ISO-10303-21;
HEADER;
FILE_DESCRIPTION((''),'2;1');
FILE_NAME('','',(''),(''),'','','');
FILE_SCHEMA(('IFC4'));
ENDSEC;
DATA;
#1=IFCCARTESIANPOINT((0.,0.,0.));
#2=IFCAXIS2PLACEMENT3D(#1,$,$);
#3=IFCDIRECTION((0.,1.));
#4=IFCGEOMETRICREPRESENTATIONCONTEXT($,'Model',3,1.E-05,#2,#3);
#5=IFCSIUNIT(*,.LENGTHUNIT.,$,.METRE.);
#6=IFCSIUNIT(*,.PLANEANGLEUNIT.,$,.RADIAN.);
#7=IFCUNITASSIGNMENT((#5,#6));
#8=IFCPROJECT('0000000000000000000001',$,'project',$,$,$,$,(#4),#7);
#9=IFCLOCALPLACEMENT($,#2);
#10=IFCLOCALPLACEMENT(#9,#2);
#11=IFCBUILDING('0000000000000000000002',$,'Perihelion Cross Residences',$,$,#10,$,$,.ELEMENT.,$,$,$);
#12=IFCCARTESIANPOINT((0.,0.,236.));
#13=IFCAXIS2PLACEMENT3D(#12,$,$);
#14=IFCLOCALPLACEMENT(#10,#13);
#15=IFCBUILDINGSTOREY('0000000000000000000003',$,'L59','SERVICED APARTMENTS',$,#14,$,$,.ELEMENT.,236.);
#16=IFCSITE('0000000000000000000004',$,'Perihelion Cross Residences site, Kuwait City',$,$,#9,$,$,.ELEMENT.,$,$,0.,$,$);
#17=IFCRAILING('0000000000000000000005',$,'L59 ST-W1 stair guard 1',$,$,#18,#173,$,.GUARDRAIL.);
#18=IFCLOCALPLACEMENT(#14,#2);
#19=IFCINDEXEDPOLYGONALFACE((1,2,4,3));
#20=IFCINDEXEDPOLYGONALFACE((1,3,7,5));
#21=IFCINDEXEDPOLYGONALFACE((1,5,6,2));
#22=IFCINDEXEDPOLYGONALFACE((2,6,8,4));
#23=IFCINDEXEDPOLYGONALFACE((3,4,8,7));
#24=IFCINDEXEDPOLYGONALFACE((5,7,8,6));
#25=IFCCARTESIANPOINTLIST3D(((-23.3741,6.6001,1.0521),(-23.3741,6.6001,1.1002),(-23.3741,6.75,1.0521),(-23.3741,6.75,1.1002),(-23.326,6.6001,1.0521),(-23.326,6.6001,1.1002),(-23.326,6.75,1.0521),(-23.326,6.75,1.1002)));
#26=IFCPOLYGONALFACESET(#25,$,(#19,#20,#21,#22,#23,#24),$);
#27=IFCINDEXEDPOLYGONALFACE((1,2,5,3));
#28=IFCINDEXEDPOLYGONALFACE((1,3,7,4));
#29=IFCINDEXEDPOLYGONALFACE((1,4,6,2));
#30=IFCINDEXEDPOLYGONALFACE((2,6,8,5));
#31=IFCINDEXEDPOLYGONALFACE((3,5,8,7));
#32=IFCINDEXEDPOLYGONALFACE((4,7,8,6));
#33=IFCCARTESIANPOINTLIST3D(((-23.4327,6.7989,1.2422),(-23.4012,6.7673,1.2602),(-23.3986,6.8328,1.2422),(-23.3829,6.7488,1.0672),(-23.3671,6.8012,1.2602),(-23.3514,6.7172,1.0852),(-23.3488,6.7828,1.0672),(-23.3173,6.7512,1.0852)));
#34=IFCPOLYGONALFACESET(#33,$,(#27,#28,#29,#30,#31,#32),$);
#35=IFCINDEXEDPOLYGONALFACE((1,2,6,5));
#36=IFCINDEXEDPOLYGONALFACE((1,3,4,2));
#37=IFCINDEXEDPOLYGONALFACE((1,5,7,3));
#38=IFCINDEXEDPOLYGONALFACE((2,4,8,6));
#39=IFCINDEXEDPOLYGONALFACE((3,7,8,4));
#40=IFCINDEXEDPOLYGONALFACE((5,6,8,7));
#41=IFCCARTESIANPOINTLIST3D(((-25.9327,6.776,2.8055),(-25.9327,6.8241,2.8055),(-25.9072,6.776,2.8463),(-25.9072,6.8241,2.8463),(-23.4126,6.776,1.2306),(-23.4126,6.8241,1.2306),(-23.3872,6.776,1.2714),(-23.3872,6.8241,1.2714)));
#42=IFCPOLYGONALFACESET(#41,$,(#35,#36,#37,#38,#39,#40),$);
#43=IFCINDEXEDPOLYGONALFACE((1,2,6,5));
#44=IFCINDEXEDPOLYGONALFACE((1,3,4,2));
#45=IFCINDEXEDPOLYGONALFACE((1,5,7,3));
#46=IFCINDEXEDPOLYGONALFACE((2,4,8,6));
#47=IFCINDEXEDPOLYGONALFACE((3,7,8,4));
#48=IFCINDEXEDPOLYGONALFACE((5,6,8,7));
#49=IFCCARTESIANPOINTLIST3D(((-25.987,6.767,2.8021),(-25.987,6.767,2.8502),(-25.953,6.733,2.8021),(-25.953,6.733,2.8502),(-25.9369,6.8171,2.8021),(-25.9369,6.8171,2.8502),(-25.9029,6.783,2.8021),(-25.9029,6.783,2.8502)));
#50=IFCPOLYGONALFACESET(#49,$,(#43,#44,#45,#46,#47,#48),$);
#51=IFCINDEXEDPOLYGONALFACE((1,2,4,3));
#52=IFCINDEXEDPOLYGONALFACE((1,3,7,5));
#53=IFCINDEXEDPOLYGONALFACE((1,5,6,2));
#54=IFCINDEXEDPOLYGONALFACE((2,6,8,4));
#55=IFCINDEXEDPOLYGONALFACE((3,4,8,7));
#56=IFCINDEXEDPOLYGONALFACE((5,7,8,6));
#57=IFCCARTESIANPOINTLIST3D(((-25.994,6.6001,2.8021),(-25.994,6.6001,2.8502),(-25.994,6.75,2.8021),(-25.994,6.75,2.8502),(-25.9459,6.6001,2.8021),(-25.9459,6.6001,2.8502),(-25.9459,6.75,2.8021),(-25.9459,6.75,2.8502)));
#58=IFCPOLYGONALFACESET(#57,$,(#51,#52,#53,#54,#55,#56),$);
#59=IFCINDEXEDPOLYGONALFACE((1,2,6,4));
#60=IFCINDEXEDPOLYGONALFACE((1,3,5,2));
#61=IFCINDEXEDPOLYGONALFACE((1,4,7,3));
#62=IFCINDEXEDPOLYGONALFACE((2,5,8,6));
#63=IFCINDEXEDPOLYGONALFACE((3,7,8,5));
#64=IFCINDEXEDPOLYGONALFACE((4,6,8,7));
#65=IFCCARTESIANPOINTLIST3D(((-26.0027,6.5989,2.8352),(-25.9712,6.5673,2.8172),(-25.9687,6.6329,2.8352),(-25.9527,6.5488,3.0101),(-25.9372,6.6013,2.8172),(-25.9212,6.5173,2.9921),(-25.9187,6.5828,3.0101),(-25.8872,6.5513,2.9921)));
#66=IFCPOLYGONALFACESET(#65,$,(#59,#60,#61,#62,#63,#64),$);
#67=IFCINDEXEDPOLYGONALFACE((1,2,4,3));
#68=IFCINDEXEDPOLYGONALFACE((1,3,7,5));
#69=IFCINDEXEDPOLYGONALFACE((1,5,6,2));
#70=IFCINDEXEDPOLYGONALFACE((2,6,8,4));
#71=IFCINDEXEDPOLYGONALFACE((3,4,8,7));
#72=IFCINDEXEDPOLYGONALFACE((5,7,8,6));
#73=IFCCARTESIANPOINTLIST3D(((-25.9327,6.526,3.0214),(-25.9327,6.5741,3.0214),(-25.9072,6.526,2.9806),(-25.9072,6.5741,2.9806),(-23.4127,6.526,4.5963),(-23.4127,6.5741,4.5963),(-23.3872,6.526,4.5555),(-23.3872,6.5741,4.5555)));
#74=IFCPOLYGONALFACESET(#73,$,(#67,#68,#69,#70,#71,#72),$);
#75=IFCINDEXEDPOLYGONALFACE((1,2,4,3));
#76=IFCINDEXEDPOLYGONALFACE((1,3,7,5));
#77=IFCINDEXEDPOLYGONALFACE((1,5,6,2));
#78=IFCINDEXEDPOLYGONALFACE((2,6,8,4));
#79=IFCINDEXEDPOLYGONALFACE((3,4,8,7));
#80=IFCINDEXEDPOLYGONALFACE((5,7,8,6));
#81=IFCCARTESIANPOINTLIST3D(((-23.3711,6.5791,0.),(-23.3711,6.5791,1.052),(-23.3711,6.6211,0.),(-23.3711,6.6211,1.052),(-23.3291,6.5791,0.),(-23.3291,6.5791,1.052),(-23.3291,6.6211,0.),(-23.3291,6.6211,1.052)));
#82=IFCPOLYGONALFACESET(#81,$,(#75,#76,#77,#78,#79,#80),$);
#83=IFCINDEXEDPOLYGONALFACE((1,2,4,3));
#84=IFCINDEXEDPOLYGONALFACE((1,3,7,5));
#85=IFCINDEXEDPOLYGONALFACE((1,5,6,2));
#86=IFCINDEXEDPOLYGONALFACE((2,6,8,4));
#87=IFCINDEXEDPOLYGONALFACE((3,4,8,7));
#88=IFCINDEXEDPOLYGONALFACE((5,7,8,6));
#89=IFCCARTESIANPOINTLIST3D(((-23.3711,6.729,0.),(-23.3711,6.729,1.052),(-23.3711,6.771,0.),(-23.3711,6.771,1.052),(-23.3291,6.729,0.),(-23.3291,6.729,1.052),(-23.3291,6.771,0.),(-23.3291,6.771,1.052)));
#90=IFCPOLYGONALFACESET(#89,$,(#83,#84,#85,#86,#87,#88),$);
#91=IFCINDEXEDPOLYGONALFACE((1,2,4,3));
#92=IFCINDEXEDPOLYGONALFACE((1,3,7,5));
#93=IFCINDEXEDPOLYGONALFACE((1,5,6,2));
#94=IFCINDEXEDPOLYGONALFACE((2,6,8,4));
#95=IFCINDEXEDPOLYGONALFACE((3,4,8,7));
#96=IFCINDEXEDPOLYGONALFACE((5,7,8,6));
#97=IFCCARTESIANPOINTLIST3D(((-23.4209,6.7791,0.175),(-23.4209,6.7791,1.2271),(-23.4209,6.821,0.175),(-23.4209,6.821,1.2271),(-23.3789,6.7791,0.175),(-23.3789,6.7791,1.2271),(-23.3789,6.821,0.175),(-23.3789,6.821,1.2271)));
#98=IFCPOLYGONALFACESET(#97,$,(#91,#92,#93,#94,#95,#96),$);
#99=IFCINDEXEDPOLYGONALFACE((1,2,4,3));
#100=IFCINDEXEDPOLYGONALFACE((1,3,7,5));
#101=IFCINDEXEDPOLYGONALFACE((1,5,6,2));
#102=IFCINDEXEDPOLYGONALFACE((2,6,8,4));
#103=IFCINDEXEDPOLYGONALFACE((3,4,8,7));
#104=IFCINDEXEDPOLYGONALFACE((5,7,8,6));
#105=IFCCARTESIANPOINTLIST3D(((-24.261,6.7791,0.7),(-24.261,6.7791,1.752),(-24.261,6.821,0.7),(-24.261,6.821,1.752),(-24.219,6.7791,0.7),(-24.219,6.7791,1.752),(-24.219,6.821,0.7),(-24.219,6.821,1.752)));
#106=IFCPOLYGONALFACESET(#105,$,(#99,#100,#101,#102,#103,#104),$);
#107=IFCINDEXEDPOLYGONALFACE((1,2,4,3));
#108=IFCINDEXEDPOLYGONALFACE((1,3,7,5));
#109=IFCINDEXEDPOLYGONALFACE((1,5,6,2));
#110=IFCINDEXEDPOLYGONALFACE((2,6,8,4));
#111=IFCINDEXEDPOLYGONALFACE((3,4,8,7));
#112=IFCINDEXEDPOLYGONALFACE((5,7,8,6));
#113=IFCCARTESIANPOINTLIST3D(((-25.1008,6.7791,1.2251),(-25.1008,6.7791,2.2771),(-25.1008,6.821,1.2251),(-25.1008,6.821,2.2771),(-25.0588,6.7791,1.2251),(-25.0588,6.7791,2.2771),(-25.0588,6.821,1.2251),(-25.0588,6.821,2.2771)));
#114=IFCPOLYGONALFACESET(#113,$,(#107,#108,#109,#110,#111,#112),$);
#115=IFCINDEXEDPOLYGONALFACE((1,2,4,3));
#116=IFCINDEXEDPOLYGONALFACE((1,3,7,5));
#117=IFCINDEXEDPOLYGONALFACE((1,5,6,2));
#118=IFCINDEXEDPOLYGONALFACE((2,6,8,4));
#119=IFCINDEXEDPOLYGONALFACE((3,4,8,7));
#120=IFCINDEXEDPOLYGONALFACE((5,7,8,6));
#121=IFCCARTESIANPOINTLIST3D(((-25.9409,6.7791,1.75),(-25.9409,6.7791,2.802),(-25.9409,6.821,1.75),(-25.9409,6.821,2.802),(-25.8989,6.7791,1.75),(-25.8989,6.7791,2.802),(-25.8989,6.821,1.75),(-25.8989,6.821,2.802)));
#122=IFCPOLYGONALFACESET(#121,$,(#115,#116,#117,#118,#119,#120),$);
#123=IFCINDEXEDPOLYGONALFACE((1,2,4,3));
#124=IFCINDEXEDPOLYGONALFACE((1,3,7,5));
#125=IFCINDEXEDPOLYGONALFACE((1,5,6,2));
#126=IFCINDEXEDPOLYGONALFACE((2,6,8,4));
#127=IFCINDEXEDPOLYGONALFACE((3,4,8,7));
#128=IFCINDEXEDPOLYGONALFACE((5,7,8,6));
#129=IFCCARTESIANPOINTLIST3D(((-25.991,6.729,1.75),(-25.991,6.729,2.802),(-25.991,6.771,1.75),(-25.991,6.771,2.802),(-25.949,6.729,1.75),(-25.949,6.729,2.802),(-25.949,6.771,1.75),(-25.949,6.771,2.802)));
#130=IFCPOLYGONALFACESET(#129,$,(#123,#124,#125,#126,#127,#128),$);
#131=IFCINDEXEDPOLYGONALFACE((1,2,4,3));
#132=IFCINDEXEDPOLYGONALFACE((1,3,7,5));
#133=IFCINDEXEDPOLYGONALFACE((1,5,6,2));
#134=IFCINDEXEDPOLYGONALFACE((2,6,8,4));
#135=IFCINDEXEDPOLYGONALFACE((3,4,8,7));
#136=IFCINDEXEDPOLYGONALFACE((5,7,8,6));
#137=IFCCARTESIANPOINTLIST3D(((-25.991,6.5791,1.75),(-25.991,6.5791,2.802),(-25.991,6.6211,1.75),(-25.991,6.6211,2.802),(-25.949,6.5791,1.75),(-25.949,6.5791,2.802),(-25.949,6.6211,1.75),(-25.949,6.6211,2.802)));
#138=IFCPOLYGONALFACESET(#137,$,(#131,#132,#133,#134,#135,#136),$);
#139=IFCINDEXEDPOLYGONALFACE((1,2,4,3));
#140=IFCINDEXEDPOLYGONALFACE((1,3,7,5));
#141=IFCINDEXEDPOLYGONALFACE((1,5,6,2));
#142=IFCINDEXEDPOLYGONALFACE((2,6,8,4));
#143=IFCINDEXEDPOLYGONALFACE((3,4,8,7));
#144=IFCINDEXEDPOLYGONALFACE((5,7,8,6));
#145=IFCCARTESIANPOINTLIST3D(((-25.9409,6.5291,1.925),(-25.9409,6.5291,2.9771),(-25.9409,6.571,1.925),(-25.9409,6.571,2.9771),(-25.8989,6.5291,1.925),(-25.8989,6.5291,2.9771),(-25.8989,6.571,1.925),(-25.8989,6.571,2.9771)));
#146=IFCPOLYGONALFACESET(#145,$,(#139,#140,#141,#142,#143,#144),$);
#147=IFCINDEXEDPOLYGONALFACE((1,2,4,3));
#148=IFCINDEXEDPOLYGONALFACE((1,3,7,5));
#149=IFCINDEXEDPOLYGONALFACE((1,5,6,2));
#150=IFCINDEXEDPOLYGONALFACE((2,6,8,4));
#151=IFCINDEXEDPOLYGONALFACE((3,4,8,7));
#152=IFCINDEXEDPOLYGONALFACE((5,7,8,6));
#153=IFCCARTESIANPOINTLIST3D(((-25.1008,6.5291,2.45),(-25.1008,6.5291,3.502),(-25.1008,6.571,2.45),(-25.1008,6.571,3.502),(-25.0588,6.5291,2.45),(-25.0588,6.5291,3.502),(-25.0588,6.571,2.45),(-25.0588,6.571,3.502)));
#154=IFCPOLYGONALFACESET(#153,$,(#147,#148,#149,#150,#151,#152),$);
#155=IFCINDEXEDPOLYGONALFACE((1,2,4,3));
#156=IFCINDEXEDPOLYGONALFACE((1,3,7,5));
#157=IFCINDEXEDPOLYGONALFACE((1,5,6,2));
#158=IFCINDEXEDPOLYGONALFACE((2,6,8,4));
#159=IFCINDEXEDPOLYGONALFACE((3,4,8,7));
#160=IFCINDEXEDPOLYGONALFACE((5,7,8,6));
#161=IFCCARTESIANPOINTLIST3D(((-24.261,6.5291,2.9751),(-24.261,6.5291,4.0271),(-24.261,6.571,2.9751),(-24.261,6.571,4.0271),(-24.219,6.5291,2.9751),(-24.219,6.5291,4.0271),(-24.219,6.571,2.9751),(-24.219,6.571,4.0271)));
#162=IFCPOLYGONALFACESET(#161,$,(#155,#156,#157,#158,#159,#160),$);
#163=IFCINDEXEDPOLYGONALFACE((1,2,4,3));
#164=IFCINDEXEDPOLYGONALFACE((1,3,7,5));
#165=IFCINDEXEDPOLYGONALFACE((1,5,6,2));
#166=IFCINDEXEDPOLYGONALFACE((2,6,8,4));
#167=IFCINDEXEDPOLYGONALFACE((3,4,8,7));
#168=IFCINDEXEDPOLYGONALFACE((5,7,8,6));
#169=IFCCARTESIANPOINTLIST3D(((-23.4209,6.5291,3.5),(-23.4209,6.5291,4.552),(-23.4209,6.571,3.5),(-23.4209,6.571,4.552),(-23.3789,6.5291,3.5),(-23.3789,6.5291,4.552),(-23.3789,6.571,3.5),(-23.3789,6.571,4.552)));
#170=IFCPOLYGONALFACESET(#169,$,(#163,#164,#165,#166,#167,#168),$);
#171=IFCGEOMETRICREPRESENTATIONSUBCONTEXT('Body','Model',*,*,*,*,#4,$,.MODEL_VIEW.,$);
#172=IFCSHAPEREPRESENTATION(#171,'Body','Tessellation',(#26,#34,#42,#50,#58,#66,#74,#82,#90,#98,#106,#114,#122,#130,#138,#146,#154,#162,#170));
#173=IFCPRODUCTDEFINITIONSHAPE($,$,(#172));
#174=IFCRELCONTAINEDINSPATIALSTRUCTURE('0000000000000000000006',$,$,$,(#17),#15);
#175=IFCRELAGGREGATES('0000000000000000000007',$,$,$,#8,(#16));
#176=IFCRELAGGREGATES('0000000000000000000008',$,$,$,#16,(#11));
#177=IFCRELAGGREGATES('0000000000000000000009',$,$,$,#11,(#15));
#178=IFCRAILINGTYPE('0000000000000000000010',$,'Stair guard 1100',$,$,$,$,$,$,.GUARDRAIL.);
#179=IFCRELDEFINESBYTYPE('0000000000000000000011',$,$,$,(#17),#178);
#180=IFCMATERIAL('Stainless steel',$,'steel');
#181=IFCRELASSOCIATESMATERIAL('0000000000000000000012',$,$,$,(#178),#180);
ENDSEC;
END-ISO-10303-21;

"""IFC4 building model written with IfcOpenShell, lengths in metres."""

from ifc_helpers import new_model, si_unit, direction, frame, origin, origin_2d, place, context, subcontext, project, spatial, rectangle, extrude, material, type_object, element, save


model = new_model("IFC4")

# Units and contexts
model_context = context("Model", 3, precision=1e-05, world=origin(), true_north=direction((0.0, 1.0)))
body_context = subcontext(model_context, "Body", "Model", "MODEL_VIEW")
ifc_project = project(units=[si_unit("LENGTHUNIT", "METRE"), si_unit("PLANEANGLEUNIT", "RADIAN")], contexts=[model_context])

# Site, building, storey
site_placement = place(None, origin())
site = spatial("IfcSite", under=ifc_project, at=site_placement, Name="Perihelion Cross Residences site, Kuwait City", CompositionType="ELEMENT", RefElevation=0.0)
building_placement = place(site_placement, origin())
building = spatial("IfcBuilding", under=site, at=building_placement, Name="Perihelion Cross Residences", CompositionType="ELEMENT")
storey_placement = place(building_placement, frame((0.0, 0.0, 236.0)))
storey = spatial("IfcBuildingStorey", under=building, at=storey_placement, Name="L59", Description="SERVICED APARTMENTS", CompositionType="ELEMENT", Elevation=236.0)

# Railing
ifc_material_1 = material(Name="Stainless steel", Category="steel")
railing_type_1 = type_object("IfcRailingType", Name="Stair guard 1100", PredefinedType="GUARDRAIL", material=ifc_material_1)
railing_1_placement = place(storey_placement, frame((-23.3501, 6.6001, 0.0)))
element("IfcRailing", 1, at=railing_1_placement, inside=storey, type_object=railing_type_1, Name="L59 ST-W1 stair guard 1", PredefinedType="GUARDRAIL", context=body_context, shape_type="SweptSolid", body=[
    extrude(rectangle(XDim=0.0481, YDim=0.0481, at=origin_2d()), frame((0.0, 0.0, 1.0762), z_axis=(0.0, 1.0, 0.0), x_axis=(-1.0, 0.0, 0.0)), (0.0, 0.0, 1.0), 0.1499),
    extrude(rectangle(XDim=0.0481, YDim=0.0481, at=origin_2d()), frame((0.0, 0.1499, 1.0762), z_axis=(-0.263862, 0.265156, 0.927399), x_axis=(-0.708834, -0.705376, 0.0)), (0.0, 0.0, 1.0), 0.1887),
    extrude(rectangle(XDim=0.0481, YDim=0.0481, at=origin_2d()), frame((-0.0498, 0.2, 1.251), z_axis=(-0.848008, 0.0, 0.529984), x_axis=(0.0, -1.0, 0.0)), (0.0, 0.0, 1.0), 2.9717),
    extrude(rectangle(XDim=0.0481, YDim=0.0481, at=origin_2d()), frame((-2.5698, 0.2, 2.8262), z_axis=(-0.707107, -0.707107, 0.0), x_axis=(0.707107, -0.707107, 0.0)), (0.0, 0.0, 1.0), 0.0708),
    extrude(rectangle(XDim=0.0481, YDim=0.0481, at=origin_2d()), frame((-2.6199, 0.1499, 2.8262), z_axis=(0.0, -1.0, 0.0), x_axis=(1.0, 0.0, 0.0)), (0.0, 0.0, 1.0), 0.1499),
    extrude(rectangle(XDim=0.0481, YDim=0.0481, at=origin_2d()), frame((-2.6199, 0.0, 2.8262), z_axis=(0.265065, -0.265065, 0.927082), x_axis=(0.707107, 0.707107, 0.0)), (0.0, 0.0, 1.0), 0.1887),
    extrude(rectangle(XDim=0.0481, YDim=0.0481, at=origin_2d()), frame((-2.5698, -0.05, 3.001), z_axis=(0.848008, 0.0, 0.529984), x_axis=(0.0, 1.0, 0.0)), (0.0, 0.0, 1.0), 2.9717),
    extrude(rectangle(XDim=0.042, YDim=0.042, at=origin_2d()), origin(), (0.0, 0.0, 1.0), 1.052),
    extrude(rectangle(XDim=0.042, YDim=0.042, at=origin_2d()), frame((0.0, 0.1499, 0.0)), (0.0, 0.0, 1.0), 1.052),
    extrude(rectangle(XDim=0.042, YDim=0.042, at=origin_2d()), frame((-0.0498, 0.2, 0.175)), (0.0, 0.0, 1.0), 1.052),
    extrude(rectangle(XDim=0.042, YDim=0.042, at=origin_2d()), frame((-0.8899, 0.2, 0.7)), (0.0, 0.0, 1.0), 1.052),
    extrude(rectangle(XDim=0.042, YDim=0.042, at=origin_2d()), frame((-1.7297, 0.2, 1.2251)), (0.0, 0.0, 1.0), 1.052),
    extrude(rectangle(XDim=0.042, YDim=0.042, at=origin_2d()), frame((-2.5698, 0.2, 1.75)), (0.0, 0.0, 1.0), 1.052),
    extrude(rectangle(XDim=0.042, YDim=0.042, at=origin_2d()), frame((-2.6199, 0.1499, 1.75)), (0.0, 0.0, 1.0), 1.052),
    extrude(rectangle(XDim=0.042, YDim=0.042, at=origin_2d()), frame((-2.6199, 0.0, 1.75)), (0.0, 0.0, 1.0), 1.052),
    extrude(rectangle(XDim=0.042, YDim=0.042, at=origin_2d()), frame((-2.5698, -0.05, 1.925)), (0.0, 0.0, 1.0), 1.052),
    extrude(rectangle(XDim=0.042, YDim=0.042, at=origin_2d()), frame((-1.7297, -0.05, 2.45)), (0.0, 0.0, 1.0), 1.052),
    extrude(rectangle(XDim=0.042, YDim=0.042, at=origin_2d()), frame((-0.8899, -0.05, 2.9751)), (0.0, 0.0, 1.0), 1.052),
    extrude(rectangle(XDim=0.042, YDim=0.042, at=origin_2d()), frame((-0.0498, -0.05, 3.5)), (0.0, 0.0, 1.0), 1.052),
])

save(model, "model.ifc")
